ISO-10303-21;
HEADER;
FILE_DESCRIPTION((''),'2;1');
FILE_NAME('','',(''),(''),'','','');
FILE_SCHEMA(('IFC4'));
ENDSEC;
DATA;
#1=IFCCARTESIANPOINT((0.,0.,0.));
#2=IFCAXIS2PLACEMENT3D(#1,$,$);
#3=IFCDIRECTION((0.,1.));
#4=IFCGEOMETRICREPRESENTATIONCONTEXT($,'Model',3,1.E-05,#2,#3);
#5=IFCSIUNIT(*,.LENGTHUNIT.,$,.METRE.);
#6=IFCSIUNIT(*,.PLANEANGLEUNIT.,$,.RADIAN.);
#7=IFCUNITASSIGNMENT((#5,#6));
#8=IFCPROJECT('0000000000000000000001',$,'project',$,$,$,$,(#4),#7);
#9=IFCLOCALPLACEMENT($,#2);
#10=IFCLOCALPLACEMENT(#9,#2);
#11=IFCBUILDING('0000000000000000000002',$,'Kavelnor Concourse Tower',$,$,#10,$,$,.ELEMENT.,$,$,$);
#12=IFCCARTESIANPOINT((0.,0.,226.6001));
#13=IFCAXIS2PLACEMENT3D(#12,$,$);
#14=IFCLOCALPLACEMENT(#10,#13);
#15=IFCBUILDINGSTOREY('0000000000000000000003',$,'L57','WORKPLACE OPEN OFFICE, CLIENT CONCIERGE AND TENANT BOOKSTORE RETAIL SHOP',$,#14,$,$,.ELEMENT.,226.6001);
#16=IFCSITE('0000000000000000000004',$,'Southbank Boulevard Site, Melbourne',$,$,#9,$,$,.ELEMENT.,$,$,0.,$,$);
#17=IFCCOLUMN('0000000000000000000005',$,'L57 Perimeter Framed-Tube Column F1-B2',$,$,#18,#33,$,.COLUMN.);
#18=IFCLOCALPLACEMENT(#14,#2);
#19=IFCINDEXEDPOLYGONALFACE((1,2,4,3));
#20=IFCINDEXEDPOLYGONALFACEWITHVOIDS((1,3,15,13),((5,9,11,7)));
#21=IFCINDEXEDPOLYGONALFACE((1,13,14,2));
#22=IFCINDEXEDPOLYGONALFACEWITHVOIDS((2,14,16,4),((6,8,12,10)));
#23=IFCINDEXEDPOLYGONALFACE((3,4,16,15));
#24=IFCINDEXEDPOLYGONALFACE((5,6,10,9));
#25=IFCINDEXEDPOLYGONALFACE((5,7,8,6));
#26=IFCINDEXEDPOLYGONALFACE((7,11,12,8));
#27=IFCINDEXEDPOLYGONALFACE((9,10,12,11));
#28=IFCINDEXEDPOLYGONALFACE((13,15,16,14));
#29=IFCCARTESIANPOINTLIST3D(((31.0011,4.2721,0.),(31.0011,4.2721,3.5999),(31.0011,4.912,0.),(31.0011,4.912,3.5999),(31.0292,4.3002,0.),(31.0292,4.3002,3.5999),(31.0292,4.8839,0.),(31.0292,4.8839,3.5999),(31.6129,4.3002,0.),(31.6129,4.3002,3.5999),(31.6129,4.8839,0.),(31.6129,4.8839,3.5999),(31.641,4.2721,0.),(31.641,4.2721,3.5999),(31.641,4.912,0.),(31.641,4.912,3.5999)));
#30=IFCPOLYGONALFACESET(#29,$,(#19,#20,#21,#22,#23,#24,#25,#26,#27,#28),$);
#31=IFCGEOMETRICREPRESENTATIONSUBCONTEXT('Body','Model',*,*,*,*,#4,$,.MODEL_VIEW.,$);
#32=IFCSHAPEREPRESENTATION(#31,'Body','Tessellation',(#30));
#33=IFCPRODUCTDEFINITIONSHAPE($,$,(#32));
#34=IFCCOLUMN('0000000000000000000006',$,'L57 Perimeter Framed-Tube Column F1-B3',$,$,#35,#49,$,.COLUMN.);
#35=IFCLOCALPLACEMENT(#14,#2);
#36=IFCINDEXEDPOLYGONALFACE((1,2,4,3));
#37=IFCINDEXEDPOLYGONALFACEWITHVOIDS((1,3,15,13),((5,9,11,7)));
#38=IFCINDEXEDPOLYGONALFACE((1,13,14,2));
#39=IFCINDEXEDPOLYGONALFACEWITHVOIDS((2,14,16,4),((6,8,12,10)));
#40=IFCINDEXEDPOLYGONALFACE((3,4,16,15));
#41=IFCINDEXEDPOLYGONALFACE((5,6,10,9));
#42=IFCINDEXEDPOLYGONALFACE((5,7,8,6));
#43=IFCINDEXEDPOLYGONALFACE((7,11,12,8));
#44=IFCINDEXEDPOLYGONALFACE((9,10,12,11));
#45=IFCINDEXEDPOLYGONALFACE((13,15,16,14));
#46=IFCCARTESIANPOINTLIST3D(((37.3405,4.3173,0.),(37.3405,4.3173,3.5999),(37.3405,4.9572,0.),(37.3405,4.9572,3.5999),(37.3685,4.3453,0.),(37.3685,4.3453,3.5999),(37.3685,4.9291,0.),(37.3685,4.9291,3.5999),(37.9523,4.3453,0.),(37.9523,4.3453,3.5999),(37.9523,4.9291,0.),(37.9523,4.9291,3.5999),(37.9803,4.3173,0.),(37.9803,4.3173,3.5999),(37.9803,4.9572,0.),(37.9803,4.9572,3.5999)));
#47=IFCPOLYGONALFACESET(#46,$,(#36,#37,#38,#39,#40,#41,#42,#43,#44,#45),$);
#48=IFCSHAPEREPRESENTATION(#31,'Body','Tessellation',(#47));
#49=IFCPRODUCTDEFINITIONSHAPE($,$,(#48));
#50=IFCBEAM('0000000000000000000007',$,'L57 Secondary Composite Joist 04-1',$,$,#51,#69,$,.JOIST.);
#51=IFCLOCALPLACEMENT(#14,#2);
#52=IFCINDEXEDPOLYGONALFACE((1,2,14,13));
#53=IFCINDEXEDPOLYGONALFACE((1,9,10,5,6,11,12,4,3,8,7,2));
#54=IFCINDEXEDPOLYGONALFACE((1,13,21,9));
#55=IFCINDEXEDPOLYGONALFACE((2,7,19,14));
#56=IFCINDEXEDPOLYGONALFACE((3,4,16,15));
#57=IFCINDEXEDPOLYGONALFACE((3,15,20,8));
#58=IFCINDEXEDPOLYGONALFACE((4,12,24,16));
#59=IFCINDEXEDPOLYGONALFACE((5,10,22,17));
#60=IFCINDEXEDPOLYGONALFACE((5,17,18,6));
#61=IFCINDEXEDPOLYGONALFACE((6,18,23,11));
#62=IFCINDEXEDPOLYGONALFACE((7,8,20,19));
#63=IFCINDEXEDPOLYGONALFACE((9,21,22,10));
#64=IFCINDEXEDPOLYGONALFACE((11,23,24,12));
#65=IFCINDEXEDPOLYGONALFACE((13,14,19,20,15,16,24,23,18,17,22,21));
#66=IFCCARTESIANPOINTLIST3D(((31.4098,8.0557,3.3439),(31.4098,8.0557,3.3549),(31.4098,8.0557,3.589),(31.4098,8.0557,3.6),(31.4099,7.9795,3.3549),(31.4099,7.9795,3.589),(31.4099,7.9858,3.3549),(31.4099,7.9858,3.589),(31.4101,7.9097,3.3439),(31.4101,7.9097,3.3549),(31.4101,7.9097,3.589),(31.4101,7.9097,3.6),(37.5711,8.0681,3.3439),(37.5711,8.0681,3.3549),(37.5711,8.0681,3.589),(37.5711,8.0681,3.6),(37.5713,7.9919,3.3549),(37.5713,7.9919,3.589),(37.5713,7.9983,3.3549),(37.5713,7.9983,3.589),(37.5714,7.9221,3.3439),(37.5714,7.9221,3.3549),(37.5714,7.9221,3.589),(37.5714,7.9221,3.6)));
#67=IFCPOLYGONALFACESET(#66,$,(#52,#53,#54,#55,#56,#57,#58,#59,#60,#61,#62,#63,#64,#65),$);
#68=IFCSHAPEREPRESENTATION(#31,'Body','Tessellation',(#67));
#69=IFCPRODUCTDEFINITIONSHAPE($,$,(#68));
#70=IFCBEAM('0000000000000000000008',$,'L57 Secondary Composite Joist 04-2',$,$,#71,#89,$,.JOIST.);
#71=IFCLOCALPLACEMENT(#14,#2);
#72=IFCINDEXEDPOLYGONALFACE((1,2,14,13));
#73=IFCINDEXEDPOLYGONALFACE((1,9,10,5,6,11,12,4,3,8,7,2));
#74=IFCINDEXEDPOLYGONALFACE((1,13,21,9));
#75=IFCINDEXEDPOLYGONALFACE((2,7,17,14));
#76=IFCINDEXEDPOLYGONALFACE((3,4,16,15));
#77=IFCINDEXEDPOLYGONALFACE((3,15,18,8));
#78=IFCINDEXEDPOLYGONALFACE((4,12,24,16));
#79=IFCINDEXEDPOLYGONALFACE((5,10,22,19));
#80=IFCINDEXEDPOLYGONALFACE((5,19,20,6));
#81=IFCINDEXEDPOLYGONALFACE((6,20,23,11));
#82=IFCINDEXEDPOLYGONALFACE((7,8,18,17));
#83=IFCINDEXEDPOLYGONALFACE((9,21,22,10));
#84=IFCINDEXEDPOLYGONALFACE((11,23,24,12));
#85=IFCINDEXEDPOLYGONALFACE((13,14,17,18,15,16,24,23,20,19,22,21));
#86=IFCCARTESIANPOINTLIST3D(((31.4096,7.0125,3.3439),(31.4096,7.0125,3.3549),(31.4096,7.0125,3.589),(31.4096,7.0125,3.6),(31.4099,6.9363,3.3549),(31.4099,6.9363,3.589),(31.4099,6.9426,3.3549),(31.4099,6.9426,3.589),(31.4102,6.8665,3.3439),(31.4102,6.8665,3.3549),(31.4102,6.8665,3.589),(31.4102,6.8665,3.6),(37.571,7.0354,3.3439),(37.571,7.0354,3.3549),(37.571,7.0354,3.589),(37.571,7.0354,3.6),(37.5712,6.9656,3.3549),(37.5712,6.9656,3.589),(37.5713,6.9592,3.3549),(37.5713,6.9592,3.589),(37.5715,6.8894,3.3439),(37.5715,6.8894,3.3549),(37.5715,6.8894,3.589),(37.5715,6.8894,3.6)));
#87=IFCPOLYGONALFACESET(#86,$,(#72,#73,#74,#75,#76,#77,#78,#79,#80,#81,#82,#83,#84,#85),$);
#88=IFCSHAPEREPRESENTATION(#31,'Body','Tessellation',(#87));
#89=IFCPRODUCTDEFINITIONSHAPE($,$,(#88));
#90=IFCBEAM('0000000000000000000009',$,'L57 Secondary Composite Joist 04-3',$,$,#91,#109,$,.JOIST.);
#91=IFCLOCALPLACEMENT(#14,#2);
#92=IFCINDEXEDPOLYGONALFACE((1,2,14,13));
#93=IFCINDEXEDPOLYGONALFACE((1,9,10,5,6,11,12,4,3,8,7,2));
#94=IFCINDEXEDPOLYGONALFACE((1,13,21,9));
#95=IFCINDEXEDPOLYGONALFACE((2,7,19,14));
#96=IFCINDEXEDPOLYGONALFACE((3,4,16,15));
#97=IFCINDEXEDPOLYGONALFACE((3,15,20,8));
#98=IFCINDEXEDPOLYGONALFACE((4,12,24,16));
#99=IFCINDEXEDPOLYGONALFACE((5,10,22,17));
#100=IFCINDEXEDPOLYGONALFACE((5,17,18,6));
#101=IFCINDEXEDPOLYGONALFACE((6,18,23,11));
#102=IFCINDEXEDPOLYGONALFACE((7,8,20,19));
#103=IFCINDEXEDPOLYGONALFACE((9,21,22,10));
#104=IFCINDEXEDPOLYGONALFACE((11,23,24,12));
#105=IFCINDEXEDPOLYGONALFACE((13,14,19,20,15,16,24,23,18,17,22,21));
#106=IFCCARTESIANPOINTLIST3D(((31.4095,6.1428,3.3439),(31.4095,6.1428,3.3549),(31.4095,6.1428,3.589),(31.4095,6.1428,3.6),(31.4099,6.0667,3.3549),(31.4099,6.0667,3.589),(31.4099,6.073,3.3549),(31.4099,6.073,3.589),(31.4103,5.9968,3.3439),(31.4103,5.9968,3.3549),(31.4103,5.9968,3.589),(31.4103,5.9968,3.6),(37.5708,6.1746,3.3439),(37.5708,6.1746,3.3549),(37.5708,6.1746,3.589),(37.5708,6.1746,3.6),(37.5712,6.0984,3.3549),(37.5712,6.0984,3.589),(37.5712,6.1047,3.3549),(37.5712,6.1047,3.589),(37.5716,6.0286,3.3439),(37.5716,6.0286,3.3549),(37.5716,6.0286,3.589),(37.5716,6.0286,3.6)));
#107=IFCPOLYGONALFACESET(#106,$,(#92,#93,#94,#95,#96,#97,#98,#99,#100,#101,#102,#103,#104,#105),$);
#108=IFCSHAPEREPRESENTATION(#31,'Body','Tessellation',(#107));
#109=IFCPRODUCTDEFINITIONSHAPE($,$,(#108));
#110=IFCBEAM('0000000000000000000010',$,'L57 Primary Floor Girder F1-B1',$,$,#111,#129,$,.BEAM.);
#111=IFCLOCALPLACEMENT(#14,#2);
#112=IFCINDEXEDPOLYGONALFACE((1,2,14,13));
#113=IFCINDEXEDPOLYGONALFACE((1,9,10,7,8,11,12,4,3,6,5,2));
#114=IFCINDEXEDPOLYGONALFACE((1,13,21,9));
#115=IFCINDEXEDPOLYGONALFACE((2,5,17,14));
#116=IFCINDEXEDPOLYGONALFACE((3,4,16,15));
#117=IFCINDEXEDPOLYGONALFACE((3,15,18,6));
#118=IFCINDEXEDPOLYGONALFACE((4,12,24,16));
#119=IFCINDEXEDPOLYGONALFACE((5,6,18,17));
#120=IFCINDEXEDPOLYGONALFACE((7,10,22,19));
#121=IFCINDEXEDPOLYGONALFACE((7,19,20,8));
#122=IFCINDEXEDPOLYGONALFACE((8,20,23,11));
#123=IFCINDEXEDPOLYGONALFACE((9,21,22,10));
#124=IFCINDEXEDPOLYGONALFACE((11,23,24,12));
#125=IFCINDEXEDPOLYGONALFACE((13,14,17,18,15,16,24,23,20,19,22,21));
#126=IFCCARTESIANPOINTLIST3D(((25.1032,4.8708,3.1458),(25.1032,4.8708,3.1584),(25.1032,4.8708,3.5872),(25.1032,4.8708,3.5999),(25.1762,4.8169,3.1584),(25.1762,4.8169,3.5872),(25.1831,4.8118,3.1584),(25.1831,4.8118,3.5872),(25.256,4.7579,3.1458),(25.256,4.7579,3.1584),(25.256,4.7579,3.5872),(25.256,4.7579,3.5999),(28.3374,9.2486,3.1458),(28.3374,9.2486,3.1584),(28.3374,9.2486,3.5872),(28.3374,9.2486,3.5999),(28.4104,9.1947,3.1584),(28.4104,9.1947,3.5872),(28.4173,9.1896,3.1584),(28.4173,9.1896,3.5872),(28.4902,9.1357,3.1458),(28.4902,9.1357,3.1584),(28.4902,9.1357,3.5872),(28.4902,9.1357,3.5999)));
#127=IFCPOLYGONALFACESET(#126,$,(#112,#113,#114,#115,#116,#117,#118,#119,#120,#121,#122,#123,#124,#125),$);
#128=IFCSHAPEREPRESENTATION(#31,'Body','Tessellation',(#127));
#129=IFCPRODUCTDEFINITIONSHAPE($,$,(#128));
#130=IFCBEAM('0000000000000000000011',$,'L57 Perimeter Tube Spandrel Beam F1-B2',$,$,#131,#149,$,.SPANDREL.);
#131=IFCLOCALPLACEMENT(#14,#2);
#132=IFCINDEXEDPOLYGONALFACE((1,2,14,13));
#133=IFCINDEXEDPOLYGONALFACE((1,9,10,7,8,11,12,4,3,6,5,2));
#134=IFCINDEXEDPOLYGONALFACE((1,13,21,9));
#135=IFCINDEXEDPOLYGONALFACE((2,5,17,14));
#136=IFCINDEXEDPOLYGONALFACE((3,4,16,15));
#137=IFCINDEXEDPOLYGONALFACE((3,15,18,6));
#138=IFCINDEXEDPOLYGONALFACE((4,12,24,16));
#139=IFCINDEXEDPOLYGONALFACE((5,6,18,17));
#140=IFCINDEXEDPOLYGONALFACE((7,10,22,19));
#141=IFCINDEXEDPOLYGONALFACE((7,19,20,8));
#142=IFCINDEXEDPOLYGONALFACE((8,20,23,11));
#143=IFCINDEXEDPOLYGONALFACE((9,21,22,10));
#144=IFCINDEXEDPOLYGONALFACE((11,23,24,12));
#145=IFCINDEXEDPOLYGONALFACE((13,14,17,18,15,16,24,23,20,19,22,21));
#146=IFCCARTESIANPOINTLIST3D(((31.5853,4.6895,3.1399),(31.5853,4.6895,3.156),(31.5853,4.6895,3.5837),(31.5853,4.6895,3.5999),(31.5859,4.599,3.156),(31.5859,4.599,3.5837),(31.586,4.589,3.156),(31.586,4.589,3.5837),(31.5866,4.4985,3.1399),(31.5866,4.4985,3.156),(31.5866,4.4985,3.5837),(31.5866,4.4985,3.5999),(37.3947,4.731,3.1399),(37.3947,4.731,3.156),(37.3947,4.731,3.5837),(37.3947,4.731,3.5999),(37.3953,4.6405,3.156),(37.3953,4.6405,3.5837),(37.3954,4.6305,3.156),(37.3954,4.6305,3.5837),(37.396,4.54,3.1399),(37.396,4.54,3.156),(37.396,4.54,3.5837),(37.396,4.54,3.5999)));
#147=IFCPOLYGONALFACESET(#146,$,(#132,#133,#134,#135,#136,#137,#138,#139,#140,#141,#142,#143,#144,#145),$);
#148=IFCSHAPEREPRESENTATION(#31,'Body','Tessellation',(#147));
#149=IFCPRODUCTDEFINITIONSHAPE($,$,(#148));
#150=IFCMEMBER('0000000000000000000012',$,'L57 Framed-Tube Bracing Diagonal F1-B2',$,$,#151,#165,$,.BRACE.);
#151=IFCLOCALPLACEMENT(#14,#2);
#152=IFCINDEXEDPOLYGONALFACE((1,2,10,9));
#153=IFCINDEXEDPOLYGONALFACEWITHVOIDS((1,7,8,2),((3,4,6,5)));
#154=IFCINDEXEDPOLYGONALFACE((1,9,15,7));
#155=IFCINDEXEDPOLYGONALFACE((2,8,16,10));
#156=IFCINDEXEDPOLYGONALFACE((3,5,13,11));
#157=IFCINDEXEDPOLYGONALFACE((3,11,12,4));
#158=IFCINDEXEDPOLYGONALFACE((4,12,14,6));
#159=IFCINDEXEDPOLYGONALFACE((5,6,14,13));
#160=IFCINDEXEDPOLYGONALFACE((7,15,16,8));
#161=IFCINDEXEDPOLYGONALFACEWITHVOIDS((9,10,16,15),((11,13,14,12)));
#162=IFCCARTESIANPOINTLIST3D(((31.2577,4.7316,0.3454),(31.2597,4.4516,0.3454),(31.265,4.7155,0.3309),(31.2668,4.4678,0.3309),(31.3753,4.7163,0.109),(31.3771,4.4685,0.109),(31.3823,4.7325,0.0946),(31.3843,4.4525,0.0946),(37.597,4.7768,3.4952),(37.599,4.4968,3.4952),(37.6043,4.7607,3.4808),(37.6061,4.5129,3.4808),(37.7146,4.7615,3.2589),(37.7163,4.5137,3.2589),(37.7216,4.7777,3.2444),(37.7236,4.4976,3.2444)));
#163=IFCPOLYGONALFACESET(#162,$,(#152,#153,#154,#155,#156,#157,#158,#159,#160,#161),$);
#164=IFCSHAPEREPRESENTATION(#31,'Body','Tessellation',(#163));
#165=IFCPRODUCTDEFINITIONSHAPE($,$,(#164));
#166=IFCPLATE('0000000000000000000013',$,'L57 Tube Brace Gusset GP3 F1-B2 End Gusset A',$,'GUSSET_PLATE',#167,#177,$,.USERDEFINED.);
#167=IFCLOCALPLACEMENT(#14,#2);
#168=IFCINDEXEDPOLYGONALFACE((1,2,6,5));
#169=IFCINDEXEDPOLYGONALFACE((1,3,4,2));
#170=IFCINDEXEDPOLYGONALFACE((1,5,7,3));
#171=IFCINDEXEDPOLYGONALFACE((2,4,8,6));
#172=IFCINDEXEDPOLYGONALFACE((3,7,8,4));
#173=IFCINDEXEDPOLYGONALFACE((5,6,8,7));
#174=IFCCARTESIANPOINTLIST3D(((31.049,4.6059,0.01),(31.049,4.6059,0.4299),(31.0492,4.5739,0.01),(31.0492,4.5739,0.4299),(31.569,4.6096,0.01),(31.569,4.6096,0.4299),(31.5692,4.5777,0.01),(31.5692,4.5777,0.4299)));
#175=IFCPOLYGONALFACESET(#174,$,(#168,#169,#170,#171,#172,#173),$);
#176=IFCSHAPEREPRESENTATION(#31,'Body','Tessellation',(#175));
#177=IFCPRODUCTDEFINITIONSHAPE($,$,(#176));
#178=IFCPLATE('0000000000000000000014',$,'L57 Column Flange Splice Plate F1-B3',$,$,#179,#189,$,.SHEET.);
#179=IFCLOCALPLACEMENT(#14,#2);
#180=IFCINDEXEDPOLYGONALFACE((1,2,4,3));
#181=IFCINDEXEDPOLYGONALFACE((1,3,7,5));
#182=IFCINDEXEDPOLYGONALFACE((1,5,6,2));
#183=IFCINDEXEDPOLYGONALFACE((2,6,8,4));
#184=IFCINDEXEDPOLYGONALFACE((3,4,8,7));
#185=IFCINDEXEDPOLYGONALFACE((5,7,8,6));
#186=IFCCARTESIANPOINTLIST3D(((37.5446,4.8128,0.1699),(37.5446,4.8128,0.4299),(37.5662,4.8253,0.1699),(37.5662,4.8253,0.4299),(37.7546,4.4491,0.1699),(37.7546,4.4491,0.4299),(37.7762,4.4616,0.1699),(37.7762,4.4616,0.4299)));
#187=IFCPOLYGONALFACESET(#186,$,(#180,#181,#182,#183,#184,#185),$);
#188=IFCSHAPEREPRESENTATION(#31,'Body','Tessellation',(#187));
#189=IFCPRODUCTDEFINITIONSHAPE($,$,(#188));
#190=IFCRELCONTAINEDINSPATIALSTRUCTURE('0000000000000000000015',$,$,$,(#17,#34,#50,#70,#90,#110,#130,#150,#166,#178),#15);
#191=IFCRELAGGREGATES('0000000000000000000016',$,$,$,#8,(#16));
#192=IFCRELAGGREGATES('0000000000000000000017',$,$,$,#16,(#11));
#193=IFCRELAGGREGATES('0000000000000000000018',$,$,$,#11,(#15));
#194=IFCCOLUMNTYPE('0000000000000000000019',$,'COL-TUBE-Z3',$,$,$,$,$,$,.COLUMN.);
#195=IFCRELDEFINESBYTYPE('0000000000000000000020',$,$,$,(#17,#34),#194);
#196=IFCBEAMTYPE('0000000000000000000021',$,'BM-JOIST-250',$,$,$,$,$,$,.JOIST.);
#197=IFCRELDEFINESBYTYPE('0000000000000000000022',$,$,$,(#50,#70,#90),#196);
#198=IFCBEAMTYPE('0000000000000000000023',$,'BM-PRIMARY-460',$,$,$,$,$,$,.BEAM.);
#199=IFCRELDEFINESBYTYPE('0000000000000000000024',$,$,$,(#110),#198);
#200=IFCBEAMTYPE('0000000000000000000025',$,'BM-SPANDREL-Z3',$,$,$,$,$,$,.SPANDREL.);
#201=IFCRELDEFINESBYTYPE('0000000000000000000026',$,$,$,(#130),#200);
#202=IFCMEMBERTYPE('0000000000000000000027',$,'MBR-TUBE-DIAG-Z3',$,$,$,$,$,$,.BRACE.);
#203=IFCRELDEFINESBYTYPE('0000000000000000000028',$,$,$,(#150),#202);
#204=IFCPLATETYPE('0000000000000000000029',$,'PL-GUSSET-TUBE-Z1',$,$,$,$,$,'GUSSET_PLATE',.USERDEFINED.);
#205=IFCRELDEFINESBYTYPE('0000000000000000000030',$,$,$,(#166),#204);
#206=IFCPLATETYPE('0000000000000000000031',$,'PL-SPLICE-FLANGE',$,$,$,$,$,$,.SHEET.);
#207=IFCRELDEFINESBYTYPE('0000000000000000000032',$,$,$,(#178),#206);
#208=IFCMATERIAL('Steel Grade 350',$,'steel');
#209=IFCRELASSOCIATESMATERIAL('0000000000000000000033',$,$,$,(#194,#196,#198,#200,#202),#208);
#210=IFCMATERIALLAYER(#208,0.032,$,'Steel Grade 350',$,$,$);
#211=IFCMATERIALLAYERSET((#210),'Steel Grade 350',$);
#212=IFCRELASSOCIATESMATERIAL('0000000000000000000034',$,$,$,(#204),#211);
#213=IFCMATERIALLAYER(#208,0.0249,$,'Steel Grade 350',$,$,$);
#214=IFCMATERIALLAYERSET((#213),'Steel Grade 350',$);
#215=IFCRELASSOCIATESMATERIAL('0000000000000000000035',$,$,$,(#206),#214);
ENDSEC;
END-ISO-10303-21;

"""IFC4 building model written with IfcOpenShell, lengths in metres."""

from ifc_helpers import new_model, si_unit, direction, frame, origin, origin_2d, place, context, subcontext, project, spatial, rectangle, hollow_rectangle, i_section, extrude, material, layer, layer_set, material_profile, profile_set, type_object, element, save


model = new_model("IFC4")

# Units and contexts
model_context = context("Model", 3, precision=1e-05, world=origin(), true_north=direction((0.0, 1.0)))
body_context = subcontext(model_context, "Body", "Model", "MODEL_VIEW")
ifc_project = project(units=[si_unit("LENGTHUNIT", "METRE"), si_unit("PLANEANGLEUNIT", "RADIAN")], contexts=[model_context])

# Site, building, storey
site_placement = place(None, origin())
site = spatial("IfcSite", under=ifc_project, at=site_placement, Name="Southbank Boulevard Site, Melbourne", CompositionType="ELEMENT", RefElevation=0.0)
building_placement = place(site_placement, origin())
building = spatial("IfcBuilding", under=site, at=building_placement, Name="Kavelnor Concourse Tower", CompositionType="ELEMENT")
storey_placement = place(building_placement, frame((0.0, 0.0, 226.6001)))
storey = spatial("IfcBuildingStorey", under=building, at=storey_placement, Name="L57", Description="WORKPLACE OPEN OFFICE, CLIENT CONCIERGE AND TENANT BOOKSTORE RETAIL SHOP", CompositionType="ELEMENT", Elevation=226.6001)

# Columns
ifc_material_1 = material(Name="Steel Grade 350", Category="steel")
ifc_material_profile_1 = material_profile(ifc_material_1, hollow_rectangle(XDim=0.6399, YDim=0.6399, WallThickness=0.0281, at=origin_2d()), Name="SHS 640x640x28")
ifc_profile_set_1 = profile_set([ifc_material_profile_1], Name="Steel Grade 350")
column_type = type_object("IfcColumnType", Name="COL-TUBE-Z3", PredefinedType="COLUMN", material=ifc_profile_set_1)
for number, where, z_axis, x_axis, name in (
    (1, (31.321, 4.592, 0.0), (0.0, 0.0, 1.0), (1.0, 0.0, 0.0), "L57 Perimeter Framed-Tube Column F1-B2"),
    (2, (37.6604, 4.6372, 0.0), (0.0, 0.0, 1.0), (1.0, 0.0, 0.0), "L57 Perimeter Framed-Tube Column F1-B3"),
):
    element("IfcColumn", number, at=place(storey_placement, frame(where, z_axis=z_axis, x_axis=x_axis)), inside=storey, type_object=column_type, Name=name, PredefinedType="COLUMN", context=body_context, shape_type="SweptSolid", body=[
        extrude(hollow_rectangle(XDim=0.6399, YDim=0.6399, WallThickness=0.0281, at=origin_2d()), origin(), (0.0, 0.0, 1.0), 3.5999),
    ])

# Beams
ifc_material_profile_2 = material_profile(ifc_material_1, i_section(OverallWidth=0.146, OverallDepth=0.2561, WebThickness=0.0063, FlangeThickness=0.011, at=origin_2d()), Name="250UB37")
ifc_profile_set_2 = profile_set([ifc_material_profile_2], Name="Steel Grade 350")
beam_type_1 = type_object("IfcBeamType", Name="BM-JOIST-250", PredefinedType="JOIST", material=ifc_profile_set_2)
for number, where, z_axis, x_axis, name in (
    (3, (31.4099, 7.9827, 3.4719), (0.999998, 0.002021, 0.0), (-0.002021, 0.999998, 0.0), "L57 Secondary Composite Joist 04-1"),
    (4, (31.4099, 6.9395, 3.4719), (0.999993, 0.003725, 0.0), (-0.003725, 0.999993, 0.0), "L57 Secondary Composite Joist 04-2"),
    (5, (31.4099, 6.0698, 3.4719), (0.999987, 0.005151, 0.0), (-0.005151, 0.999987, 0.0), "L57 Secondary Composite Joist 04-3"),
):
    element("IfcBeam", number, at=place(storey_placement, frame(where, z_axis=z_axis, x_axis=x_axis)), inside=storey, type_object=beam_type_1, Name=name, PredefinedType="JOIST", context=body_context, shape_type="SweptSolid", body=[
        extrude(i_section(OverallWidth=0.146, OverallDepth=0.2561, WebThickness=0.0063, FlangeThickness=0.011, at=origin_2d()), origin(), (0.0, 0.0, 1.0), 6.1614),
    ])
ifc_material_profile_3 = material_profile(ifc_material_1, i_section(OverallWidth=0.1899, OverallDepth=0.4541, WebThickness=0.0085, FlangeThickness=0.0127, at=origin_2d()), Name="460UB67")
ifc_profile_set_3 = profile_set([ifc_material_profile_3], Name="Steel Grade 350")
beam_type_2 = type_object("IfcBeamType", Name="BM-PRIMARY-460", PredefinedType="BEAM", material=ifc_profile_set_3)
beam_1_placement = place(storey_placement, frame((28.4138, 9.1921, 3.3728), z_axis=(-0.594207, -0.804312, 0.0), x_axis=(0.804312, -0.594207, 0.0)))
element("IfcBeam", 6, at=beam_1_placement, inside=storey, type_object=beam_type_2, Name="L57 Primary Floor Girder F1-B1", PredefinedType="BEAM", context=body_context, shape_type="SweptSolid", body=[
    extrude(i_section(OverallWidth=0.1899, OverallDepth=0.4541, WebThickness=0.0085, FlangeThickness=0.0127, at=origin_2d()), origin(), (0.0, 0.0, 1.0), 5.4429),
])
ifc_material_profile_4 = material_profile(ifc_material_1, i_section(OverallWidth=0.1909, OverallDepth=0.46, WebThickness=0.01, FlangeThickness=0.0161, at=origin_2d()), Name="460UB82")
ifc_profile_set_4 = profile_set([ifc_material_profile_4], Name="Steel Grade 350")
beam_type_3 = type_object("IfcBeamType", Name="BM-SPANDREL-Z3", PredefinedType="SPANDREL", material=ifc_profile_set_4)
beam_2_placement = place(storey_placement, frame((31.5859, 4.594, 3.3699), z_axis=(0.999974, 0.007144, 0.0), x_axis=(-0.007144, 0.999974, 0.0)))
element("IfcBeam", 7, at=beam_2_placement, inside=storey, type_object=beam_type_3, Name="L57 Perimeter Tube Spandrel Beam F1-B2", PredefinedType="SPANDREL", context=body_context, shape_type="SweptSolid", body=[
    extrude(i_section(OverallWidth=0.1909, OverallDepth=0.46, WebThickness=0.01, FlangeThickness=0.0161, at=origin_2d()), origin(), (0.0, 0.0, 1.0), 5.8096),
])

# Member
ifc_material_profile_5 = material_profile(ifc_material_1, hollow_rectangle(XDim=0.28, YDim=0.28, WallThickness=0.0161, at=origin_2d()), Name="SHS 280x280x16")
ifc_profile_set_5 = profile_set([ifc_material_profile_5], Name="Steel Grade 350")
member_type = type_object("IfcMemberType", Name="MBR-TUBE-DIAG-Z3", PredefinedType="BRACE", material=ifc_profile_set_5)
member_placement = place(storey_placement, frame((31.321, 4.592, 0.22), z_axis=(0.895524, 0.00638, 0.444968), x_axis=(-0.007125, 0.999975, 0.0)))
element("IfcMember", 8, at=member_placement, inside=storey, type_object=member_type, Name="L57 Framed-Tube Bracing Diagonal F1-B2", PredefinedType="BRACE", context=body_context, shape_type="SweptSolid", body=[
    extrude(hollow_rectangle(XDim=0.28, YDim=0.28, WallThickness=0.0161, at=origin_2d()), origin(), (0.0, 0.0, 1.0), 7.0789),
])

# Plates
ifc_layer_1 = layer(ifc_material_1, 0.032, Name="Steel Grade 350")
ifc_layer_set_1 = layer_set([ifc_layer_1], Name="Steel Grade 350")
plate_type_1 = type_object("IfcPlateType", Name="PL-GUSSET-TUBE-Z1", ElementType="GUSSET_PLATE", PredefinedType="USERDEFINED", material=ifc_layer_set_1)
plate_1_placement = place(storey_placement, frame((31.3091, 4.5918, 0.01), z_axis=(0.0, 0.0, 1.0), x_axis=(0.999974, 0.007156, 0.0)))
element("IfcPlate", 9, at=plate_1_placement, inside=storey, type_object=plate_type_1, Name="L57 Tube Brace Gusset GP3 F1-B2 End Gusset A", ObjectType="GUSSET_PLATE", PredefinedType="USERDEFINED", context=body_context, shape_type="SweptSolid", body=[
    extrude(rectangle(XDim=0.52, YDim=0.032, at=origin_2d()), origin(), (0.0, 0.0, 1.0), 0.4199),
])
ifc_layer_2 = layer(ifc_material_1, 0.0249, Name="Steel Grade 350")
ifc_layer_set_2 = layer_set([ifc_layer_2], Name="Steel Grade 350")
plate_type_2 = type_object("IfcPlateType", Name="PL-SPLICE-FLANGE", PredefinedType="SHEET", material=ifc_layer_set_2)
plate_2_placement = place(storey_placement, frame((37.6604, 4.6372, 0.1699), z_axis=(0.0, 0.0, 1.0), x_axis=(-0.5, 0.866025, 0.0)))
element("IfcPlate", 10, at=plate_2_placement, inside=storey, type_object=plate_type_2, Name="L57 Column Flange Splice Plate F1-B3", PredefinedType="SHEET", context=body_context, shape_type="SweptSolid", body=[
    extrude(rectangle(XDim=0.4199, YDim=0.0249, at=origin_2d()), origin(), (0.0, 0.0, 1.0), 0.26),
])

save(model, "model.ifc")
